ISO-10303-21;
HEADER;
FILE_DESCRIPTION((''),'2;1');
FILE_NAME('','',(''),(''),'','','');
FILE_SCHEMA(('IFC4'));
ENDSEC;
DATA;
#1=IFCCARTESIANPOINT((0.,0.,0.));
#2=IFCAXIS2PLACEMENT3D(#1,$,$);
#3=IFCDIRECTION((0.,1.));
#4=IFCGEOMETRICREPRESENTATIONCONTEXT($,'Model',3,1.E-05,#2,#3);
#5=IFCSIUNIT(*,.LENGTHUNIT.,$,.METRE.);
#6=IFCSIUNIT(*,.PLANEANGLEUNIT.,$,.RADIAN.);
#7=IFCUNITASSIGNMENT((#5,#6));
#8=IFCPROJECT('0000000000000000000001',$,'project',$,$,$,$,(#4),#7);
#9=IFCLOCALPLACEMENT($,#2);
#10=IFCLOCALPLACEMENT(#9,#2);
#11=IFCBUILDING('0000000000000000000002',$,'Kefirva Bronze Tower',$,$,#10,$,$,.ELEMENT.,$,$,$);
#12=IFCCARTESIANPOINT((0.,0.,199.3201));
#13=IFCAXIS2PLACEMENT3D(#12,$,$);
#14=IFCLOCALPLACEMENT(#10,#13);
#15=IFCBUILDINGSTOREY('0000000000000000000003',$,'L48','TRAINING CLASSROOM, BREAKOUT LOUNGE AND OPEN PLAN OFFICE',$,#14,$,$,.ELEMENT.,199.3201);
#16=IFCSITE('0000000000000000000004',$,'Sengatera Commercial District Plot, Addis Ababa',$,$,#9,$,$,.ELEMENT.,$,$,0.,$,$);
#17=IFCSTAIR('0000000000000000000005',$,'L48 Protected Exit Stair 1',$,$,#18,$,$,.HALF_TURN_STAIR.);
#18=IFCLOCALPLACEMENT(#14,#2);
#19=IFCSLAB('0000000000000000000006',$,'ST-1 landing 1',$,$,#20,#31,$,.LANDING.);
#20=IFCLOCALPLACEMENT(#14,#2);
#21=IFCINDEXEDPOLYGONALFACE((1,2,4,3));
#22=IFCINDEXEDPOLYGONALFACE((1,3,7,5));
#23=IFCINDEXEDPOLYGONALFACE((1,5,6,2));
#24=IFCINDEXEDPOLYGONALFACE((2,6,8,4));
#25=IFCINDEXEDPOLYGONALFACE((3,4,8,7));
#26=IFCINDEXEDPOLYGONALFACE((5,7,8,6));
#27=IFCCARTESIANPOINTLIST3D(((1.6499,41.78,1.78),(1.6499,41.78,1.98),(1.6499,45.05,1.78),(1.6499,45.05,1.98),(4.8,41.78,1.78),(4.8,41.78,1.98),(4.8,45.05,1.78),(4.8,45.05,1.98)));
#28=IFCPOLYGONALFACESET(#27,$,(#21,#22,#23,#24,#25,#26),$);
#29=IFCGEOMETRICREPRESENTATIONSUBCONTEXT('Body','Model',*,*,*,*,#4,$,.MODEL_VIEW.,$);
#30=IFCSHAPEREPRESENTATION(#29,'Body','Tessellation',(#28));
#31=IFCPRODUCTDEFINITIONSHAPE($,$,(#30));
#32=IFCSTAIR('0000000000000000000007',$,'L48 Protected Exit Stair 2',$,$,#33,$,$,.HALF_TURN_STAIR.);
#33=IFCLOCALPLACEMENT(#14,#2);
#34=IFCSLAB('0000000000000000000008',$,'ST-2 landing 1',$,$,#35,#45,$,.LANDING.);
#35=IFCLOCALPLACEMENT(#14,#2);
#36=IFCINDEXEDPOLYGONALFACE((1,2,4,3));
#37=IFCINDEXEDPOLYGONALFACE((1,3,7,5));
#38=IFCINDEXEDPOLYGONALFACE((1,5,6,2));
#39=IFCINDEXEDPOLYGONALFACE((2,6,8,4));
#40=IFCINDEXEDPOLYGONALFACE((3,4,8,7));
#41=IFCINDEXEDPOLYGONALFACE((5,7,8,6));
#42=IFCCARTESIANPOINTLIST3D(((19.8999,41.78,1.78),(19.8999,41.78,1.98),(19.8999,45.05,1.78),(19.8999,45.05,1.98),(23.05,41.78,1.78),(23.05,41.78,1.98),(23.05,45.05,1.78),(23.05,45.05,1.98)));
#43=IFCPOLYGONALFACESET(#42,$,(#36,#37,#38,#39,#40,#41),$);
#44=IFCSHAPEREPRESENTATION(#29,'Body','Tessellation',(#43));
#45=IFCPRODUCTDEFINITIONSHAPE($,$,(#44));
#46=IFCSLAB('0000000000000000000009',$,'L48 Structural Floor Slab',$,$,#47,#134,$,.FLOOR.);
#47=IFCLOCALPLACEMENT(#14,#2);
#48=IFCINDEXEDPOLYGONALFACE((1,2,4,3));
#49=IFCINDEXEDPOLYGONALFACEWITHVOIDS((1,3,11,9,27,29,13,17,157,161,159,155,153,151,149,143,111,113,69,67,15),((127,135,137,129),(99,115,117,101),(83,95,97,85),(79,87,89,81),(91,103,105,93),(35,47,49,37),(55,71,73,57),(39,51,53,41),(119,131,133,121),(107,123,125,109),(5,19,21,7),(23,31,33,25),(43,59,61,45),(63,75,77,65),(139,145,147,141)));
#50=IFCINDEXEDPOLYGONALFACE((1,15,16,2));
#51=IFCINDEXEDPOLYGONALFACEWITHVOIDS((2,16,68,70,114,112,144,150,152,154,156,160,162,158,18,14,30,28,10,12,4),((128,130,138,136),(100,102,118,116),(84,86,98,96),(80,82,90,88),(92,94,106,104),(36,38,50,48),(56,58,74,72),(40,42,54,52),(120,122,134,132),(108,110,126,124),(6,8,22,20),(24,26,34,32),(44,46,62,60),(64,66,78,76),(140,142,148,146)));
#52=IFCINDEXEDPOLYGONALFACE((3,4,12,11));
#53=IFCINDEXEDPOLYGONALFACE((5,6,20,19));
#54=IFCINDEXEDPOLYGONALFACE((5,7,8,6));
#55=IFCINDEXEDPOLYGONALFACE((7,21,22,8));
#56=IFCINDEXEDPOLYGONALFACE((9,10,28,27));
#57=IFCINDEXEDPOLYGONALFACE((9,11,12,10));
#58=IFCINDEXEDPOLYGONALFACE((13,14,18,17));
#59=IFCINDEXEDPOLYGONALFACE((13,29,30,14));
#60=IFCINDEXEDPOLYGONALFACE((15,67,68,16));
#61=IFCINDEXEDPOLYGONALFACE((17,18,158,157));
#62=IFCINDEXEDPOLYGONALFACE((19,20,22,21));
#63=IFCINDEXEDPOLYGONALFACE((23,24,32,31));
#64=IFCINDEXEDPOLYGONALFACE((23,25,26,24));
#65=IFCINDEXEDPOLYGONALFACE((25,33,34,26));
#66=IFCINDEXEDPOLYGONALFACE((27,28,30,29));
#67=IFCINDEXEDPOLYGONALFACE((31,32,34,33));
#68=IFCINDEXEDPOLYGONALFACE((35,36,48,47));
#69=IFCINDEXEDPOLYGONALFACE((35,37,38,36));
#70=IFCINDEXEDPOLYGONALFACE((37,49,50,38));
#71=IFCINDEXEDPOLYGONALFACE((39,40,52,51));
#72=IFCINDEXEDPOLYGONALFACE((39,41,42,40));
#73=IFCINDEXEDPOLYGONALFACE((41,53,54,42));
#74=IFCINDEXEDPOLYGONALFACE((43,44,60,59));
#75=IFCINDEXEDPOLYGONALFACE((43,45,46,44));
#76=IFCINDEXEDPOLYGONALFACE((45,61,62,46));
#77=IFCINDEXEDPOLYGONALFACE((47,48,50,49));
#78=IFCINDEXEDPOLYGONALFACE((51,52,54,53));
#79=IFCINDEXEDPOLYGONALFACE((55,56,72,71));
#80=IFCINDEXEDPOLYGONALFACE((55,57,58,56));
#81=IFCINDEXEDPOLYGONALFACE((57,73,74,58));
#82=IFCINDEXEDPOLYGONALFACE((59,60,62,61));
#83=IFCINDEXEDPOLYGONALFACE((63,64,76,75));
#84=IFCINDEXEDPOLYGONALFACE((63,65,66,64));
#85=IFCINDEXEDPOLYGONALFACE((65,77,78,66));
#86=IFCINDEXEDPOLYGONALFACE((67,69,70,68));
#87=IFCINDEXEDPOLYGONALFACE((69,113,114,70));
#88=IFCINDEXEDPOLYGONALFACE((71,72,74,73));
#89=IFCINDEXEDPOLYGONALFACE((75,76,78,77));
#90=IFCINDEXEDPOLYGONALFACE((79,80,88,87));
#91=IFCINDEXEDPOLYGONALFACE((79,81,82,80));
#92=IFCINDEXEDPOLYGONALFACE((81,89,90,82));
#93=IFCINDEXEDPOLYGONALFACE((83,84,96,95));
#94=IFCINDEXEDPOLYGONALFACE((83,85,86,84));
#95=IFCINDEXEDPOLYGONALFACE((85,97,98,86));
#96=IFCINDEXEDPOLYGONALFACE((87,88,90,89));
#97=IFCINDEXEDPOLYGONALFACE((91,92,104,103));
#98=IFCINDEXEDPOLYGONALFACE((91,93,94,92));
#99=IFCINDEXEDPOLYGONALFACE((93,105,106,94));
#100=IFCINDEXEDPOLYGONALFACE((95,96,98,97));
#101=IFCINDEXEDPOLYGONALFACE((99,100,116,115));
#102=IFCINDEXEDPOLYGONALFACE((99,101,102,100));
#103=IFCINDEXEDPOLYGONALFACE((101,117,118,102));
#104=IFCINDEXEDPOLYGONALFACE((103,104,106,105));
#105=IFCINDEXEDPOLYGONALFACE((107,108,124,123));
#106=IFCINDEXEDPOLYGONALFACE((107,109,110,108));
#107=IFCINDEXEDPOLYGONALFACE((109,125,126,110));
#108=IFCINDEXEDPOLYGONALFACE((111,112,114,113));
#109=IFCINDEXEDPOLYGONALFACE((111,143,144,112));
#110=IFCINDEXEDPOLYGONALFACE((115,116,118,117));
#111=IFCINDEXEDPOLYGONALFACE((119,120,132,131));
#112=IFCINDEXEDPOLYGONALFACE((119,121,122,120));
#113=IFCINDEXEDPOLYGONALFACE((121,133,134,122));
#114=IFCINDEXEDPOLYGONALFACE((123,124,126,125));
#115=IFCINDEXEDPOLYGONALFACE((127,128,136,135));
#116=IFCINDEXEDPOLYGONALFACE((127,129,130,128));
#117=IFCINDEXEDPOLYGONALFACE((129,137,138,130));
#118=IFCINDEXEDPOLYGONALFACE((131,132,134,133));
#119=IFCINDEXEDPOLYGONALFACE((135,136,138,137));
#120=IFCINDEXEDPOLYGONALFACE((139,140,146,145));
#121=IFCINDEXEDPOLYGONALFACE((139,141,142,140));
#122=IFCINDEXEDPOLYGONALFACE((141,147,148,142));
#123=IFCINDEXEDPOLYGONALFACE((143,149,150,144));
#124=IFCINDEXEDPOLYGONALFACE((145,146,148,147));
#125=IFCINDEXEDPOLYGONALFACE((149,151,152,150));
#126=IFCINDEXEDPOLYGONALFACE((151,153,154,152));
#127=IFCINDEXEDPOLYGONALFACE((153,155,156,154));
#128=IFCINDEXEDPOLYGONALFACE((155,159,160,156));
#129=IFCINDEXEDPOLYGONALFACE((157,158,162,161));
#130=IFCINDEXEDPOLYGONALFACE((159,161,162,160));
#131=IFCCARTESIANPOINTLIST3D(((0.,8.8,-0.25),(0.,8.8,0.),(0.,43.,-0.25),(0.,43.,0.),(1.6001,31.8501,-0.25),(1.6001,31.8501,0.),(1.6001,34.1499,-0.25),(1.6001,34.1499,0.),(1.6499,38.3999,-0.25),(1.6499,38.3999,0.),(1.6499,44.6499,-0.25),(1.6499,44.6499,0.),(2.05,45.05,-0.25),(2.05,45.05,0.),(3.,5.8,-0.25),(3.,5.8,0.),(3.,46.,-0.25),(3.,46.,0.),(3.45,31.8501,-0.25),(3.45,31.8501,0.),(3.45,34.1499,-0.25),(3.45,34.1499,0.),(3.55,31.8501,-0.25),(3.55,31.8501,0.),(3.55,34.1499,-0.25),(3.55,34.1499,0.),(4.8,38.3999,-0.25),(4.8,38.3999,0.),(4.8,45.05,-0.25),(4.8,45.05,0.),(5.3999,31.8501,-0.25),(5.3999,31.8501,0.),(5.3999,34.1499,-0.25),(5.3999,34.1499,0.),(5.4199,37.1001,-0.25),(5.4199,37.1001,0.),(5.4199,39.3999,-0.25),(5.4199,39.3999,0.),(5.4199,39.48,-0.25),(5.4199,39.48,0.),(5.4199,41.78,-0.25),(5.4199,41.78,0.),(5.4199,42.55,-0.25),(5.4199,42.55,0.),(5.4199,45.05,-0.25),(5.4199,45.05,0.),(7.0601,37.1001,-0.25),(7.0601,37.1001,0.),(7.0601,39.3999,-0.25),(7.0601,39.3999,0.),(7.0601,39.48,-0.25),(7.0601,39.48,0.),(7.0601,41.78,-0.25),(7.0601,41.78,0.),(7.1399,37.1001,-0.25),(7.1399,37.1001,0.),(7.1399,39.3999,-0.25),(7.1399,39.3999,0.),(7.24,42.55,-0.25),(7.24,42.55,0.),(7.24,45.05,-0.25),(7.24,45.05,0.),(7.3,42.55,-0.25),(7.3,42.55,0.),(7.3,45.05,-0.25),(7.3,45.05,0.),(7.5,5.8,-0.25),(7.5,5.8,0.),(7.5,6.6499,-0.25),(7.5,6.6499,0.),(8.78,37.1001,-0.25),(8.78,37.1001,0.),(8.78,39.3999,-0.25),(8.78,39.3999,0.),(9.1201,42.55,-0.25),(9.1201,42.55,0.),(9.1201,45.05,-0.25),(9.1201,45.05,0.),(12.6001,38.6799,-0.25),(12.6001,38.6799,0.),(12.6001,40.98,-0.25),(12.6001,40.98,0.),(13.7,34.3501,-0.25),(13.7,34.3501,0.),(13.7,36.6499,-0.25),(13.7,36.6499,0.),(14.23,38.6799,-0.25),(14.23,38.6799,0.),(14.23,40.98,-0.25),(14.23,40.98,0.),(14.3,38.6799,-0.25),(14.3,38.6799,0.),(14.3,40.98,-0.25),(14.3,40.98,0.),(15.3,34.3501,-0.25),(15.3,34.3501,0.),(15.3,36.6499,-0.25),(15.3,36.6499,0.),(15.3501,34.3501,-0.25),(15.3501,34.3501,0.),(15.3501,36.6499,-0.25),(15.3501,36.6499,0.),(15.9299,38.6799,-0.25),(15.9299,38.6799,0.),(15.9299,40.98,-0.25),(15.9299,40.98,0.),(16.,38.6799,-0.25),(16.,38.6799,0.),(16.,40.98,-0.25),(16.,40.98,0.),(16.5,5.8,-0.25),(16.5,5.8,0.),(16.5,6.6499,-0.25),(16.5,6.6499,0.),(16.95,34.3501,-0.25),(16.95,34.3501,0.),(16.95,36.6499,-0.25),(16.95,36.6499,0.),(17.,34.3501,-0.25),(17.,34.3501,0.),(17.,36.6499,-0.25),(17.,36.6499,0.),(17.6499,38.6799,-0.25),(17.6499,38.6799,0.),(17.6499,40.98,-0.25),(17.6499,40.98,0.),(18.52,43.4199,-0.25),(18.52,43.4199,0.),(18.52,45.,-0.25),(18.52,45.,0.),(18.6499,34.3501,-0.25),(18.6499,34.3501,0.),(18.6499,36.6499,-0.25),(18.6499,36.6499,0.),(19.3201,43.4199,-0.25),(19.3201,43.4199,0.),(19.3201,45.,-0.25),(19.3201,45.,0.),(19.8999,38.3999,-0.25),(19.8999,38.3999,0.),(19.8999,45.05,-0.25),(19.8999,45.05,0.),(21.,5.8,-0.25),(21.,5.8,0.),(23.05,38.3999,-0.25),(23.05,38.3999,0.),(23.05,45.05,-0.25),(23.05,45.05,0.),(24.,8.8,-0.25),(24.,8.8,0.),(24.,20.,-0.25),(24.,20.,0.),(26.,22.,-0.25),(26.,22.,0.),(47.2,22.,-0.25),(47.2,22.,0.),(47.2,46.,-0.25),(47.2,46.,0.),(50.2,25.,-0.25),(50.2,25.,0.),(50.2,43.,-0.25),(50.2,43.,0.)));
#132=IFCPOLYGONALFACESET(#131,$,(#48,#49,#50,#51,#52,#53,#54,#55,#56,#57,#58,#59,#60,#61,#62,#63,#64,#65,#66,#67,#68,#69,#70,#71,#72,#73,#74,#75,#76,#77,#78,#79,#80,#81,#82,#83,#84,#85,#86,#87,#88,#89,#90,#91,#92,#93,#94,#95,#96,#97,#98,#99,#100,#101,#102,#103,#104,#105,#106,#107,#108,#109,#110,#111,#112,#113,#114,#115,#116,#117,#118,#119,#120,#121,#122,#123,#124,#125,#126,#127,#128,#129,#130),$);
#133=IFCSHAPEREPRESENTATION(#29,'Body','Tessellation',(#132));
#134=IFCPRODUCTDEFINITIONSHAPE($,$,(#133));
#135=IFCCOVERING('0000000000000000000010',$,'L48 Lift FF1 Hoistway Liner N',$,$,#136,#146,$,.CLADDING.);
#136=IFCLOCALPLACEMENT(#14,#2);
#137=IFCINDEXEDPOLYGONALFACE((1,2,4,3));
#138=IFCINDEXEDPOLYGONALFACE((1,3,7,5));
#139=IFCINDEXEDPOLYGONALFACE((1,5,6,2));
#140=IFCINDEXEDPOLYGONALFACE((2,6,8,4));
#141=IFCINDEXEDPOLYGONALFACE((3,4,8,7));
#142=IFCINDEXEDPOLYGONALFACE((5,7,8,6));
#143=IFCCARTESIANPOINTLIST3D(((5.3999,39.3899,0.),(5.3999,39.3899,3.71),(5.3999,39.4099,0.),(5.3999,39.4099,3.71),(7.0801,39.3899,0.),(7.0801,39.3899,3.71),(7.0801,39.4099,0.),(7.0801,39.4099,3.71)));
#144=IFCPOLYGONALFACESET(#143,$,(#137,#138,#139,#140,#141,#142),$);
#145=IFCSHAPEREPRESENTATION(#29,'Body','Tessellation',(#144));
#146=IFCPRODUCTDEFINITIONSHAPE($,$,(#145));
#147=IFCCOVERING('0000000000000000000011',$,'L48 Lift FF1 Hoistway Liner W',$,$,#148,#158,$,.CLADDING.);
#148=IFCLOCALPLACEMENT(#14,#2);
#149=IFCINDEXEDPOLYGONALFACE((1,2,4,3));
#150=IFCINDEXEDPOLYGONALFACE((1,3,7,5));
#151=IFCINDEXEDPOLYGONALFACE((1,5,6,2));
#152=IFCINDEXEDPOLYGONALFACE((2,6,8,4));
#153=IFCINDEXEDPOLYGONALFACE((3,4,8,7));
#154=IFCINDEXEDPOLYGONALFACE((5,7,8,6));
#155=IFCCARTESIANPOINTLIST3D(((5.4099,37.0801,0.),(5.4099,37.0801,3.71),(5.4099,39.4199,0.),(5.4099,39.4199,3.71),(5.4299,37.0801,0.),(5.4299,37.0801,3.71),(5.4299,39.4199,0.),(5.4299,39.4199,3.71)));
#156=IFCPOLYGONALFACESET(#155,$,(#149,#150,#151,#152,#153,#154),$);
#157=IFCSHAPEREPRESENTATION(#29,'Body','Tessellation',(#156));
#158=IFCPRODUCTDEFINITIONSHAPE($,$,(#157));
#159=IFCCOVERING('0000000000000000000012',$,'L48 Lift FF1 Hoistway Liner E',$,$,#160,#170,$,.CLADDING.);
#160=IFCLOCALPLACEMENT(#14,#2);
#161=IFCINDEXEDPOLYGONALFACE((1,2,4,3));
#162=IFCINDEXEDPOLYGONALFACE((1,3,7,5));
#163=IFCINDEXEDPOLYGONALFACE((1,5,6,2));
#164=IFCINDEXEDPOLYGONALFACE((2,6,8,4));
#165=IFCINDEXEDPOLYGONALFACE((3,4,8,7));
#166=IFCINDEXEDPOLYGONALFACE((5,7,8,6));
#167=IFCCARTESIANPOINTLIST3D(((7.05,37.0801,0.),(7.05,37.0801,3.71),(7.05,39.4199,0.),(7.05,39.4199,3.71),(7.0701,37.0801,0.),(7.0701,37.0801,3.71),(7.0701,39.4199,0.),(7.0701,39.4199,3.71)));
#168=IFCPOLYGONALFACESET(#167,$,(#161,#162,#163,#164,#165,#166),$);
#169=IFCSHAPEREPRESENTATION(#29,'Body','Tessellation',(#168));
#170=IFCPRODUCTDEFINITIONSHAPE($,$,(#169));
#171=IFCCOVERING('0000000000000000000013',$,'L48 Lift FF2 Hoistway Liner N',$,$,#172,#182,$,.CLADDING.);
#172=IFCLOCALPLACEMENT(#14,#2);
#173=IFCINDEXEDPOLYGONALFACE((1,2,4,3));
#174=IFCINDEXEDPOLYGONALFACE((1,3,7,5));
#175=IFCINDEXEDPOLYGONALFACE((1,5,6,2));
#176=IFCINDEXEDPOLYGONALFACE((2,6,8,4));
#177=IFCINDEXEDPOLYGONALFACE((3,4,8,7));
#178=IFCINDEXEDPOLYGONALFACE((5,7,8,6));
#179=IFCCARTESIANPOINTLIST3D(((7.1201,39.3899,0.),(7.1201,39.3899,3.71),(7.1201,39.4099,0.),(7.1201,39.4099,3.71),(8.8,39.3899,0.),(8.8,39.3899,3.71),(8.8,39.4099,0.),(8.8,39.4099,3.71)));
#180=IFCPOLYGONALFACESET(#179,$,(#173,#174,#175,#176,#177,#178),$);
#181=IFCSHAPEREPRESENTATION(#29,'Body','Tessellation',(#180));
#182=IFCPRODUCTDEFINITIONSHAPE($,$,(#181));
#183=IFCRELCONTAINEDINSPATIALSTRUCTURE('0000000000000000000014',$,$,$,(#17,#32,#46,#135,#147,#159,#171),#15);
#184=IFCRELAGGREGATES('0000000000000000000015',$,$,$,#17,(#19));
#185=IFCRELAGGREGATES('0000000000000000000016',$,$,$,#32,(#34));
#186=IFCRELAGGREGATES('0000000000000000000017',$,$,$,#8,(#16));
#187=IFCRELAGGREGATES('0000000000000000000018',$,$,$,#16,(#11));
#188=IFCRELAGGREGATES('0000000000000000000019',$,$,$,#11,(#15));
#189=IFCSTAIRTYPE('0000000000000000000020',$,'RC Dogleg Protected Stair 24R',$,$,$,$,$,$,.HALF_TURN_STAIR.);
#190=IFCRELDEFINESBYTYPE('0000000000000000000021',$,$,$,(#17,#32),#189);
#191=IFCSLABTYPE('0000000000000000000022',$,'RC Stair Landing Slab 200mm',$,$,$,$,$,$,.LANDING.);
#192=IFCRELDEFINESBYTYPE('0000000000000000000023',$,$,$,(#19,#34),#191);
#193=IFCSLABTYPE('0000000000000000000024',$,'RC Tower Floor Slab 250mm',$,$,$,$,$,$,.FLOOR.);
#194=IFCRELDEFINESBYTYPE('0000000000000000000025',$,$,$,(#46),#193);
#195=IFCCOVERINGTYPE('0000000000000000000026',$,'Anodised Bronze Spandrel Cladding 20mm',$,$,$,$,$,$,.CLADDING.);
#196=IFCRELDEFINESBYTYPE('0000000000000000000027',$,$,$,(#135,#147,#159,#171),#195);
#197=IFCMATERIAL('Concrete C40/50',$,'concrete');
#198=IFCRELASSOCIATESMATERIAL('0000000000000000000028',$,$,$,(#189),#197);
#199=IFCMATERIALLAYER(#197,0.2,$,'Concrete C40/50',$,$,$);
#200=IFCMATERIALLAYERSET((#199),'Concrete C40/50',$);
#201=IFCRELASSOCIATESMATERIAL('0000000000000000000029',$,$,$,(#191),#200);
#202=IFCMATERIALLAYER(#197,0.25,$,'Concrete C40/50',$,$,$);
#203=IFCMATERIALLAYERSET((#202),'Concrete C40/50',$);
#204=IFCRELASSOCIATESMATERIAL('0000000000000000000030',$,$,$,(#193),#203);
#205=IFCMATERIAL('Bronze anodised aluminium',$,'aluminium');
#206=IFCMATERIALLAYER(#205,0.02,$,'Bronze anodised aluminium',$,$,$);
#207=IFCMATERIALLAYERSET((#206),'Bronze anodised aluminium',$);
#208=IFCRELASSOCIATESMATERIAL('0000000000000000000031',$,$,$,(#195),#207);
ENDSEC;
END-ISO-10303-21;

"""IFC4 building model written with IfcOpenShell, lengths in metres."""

from ifc_helpers import new_model, si_unit, direction, frame, origin, place, context, subcontext, project, spatial, polyline, outline, extrude, material, layer, layer_set, type_object, element, aggregate, save


model = new_model("IFC4")

# Units and contexts
model_context = context("Model", 3, precision=1e-05, world=origin(), true_north=direction((0.0, 1.0)))
body_context = subcontext(model_context, "Body", "Model", "MODEL_VIEW")
ifc_project = project(units=[si_unit("LENGTHUNIT", "METRE"), si_unit("PLANEANGLEUNIT", "RADIAN")], contexts=[model_context])

# Site, building, storey
site_placement = place(None, origin())
site = spatial("IfcSite", under=ifc_project, at=site_placement, Name="Sengatera Commercial District Plot, Addis Ababa", CompositionType="ELEMENT", RefElevation=0.0)
building_placement = place(site_placement, origin())
building = spatial("IfcBuilding", under=site, at=building_placement, Name="Kefirva Bronze Tower", CompositionType="ELEMENT")
storey_placement = place(building_placement, frame((0.0, 0.0, 199.3201)))
storey = spatial("IfcBuildingStorey", under=building, at=storey_placement, Name="L48", Description="TRAINING CLASSROOM, BREAKOUT LOUNGE AND OPEN PLAN OFFICE", CompositionType="ELEMENT", Elevation=199.3201)

# Stairs, slabs
ifc_material_1 = material(Name="Concrete C40/50", Category="concrete")
stair_type = type_object("IfcStairType", Name="RC Dogleg Protected Stair 24R", PredefinedType="HALF_TURN_STAIR", material=ifc_material_1)
stair_1_placement = place(storey_placement, origin())
stair_1 = element("IfcStair", 1, at=stair_1_placement, inside=storey, type_object=stair_type, Name="L48 Protected Exit Stair 1", PredefinedType="HALF_TURN_STAIR")
ifc_layer_1 = layer(ifc_material_1, 0.2, Name="Concrete C40/50")
ifc_layer_set_1 = layer_set([ifc_layer_1], Name="Concrete C40/50")
slab_type_1 = type_object("IfcSlabType", Name="RC Stair Landing Slab 200mm", PredefinedType="LANDING", material=ifc_layer_set_1)
slab_1_placement = place(storey_placement, frame((0.0, 0.0, 1.78)))
slab_1 = element("IfcSlab", 2, at=slab_1_placement, type_object=slab_type_1, Name="ST-1 landing 1", PredefinedType="LANDING", context=body_context, shape_type="SweptSolid", body=[
    extrude(outline(polyline([(4.8, 41.78), (4.8, 45.05), (1.6499, 45.05), (1.6499, 41.78), (4.8, 41.78)])), origin(), (0.0, 0.0, 1.0), 0.2),
])
aggregate(stair_1, [slab_1])
stair_2_placement = place(storey_placement, origin())
stair_2 = element("IfcStair", 3, at=stair_2_placement, inside=storey, type_object=stair_type, Name="L48 Protected Exit Stair 2", PredefinedType="HALF_TURN_STAIR")
slab_2_placement = place(storey_placement, frame((0.0, 0.0, 1.78)))
slab_2 = element("IfcSlab", 4, at=slab_2_placement, type_object=slab_type_1, Name="ST-2 landing 1", PredefinedType="LANDING", context=body_context, shape_type="SweptSolid", body=[
    extrude(outline(polyline([(23.05, 41.78), (23.05, 45.05), (19.8999, 45.05), (19.8999, 41.78), (23.05, 41.78)])), origin(), (0.0, 0.0, 1.0), 0.2),
])
aggregate(stair_2, [slab_2])

# Slab
ifc_layer_2 = layer(ifc_material_1, 0.25, Name="Concrete C40/50")
ifc_layer_set_2 = layer_set([ifc_layer_2], Name="Concrete C40/50")
slab_type_2 = type_object("IfcSlabType", Name="RC Tower Floor Slab 250mm", PredefinedType="FLOOR", material=ifc_layer_set_2)
slab_3_placement = place(storey_placement, frame((0.0, 0.0, -0.25)))
element("IfcSlab", 5, at=slab_3_placement, inside=storey, type_object=slab_type_2, Name="L48 Structural Floor Slab", PredefinedType="FLOOR", context=body_context, shape_type="SweptSolid", body=[
    extrude(outline(polyline([(0.0, 8.8), (0.0, 43.0), (1.6499, 44.6499), (1.6499, 38.3999), (4.8, 38.3999), (4.8, 45.05), (2.05, 45.05), (3.0, 46.0), (47.2, 46.0), (50.2, 43.0), (50.2, 25.0), (47.2, 22.0), (26.0, 22.0), (24.0, 20.0), (24.0, 8.8), (21.0, 5.8), (16.5, 5.8), (16.5, 6.6499), (7.5, 6.6499), (7.5, 5.8), (3.0, 5.8), (0.0, 8.8)]), holes=[polyline([(23.05, 38.3999), (23.05, 45.05), (19.8999, 45.05), (19.8999, 38.3999), (23.05, 38.3999)]), polyline([(19.3201, 43.4199), (19.3201, 45.0), (18.52, 45.0), (18.52, 43.4199), (19.3201, 43.4199)]), polyline([(18.6499, 34.3501), (18.6499, 36.6499), (17.0, 36.6499), (17.0, 34.3501), (18.6499, 34.3501)]), polyline([(17.6499, 38.6799), (17.6499, 40.98), (16.0, 40.98), (16.0, 38.6799), (17.6499, 38.6799)]), polyline([(16.95, 34.3501), (16.95, 36.6499), (15.3501, 36.6499), (15.3501, 34.3501), (16.95, 34.3501)]), polyline([(15.9299, 38.6799), (15.9299, 40.98), (14.3, 40.98), (14.3, 38.6799), (15.9299, 38.6799)]), polyline([(15.3, 34.3501), (15.3, 36.6499), (13.7, 36.6499), (13.7, 34.3501), (15.3, 34.3501)]), polyline([(14.23, 38.6799), (14.23, 40.98), (12.6001, 40.98), (12.6001, 38.6799), (14.23, 38.6799)]), polyline([(9.1201, 42.55), (9.1201, 45.05), (7.3, 45.05), (7.3, 42.55), (9.1201, 42.55)]), polyline([(8.78, 37.1001), (8.78, 39.3999), (7.1399, 39.3999), (7.1399, 37.1001), (8.78, 37.1001)]), polyline([(7.24, 42.55), (7.24, 45.05), (5.4199, 45.05), (5.4199, 42.55), (7.24, 42.55)]), polyline([(7.0601, 37.1001), (7.0601, 39.3999), (5.4199, 39.3999), (5.4199, 37.1001), (7.0601, 37.1001)]), polyline([(7.0601, 39.48), (7.0601, 41.78), (5.4199, 41.78), (5.4199, 39.48), (7.0601, 39.48)]), polyline([(5.3999, 31.8501), (5.3999, 34.1499), (3.55, 34.1499), (3.55, 31.8501), (5.3999, 31.8501)]), polyline([(3.45, 31.8501), (3.45, 34.1499), (1.6001, 34.1499), (1.6001, 31.8501), (3.45, 31.8501)])]), origin(), (0.0, 0.0, 1.0), 0.25),
])

# Coverings
ifc_material_2 = material(Name="Bronze anodised aluminium", Category="aluminium")
ifc_layer_3 = layer(ifc_material_2, 0.02, Name="Bronze anodised aluminium")
ifc_layer_set_3 = layer_set([ifc_layer_3], Name="Bronze anodised aluminium")
covering_type = type_object("IfcCoveringType", Name="Anodised Bronze Spandrel Cladding 20mm", PredefinedType="CLADDING", material=ifc_layer_set_3)
covering_1_placement = place(storey_placement, origin())
element("IfcCovering", 6, at=covering_1_placement, inside=storey, type_object=covering_type, Name="L48 Lift FF1 Hoistway Liner N", PredefinedType="CLADDING", context=body_context, shape_type="SweptSolid", body=[
    extrude(outline(polyline([(5.3999, 39.3899), (7.0801, 39.3899), (7.0801, 39.4099), (5.3999, 39.4099), (5.3999, 39.3899)])), origin(), (0.0, 0.0, 1.0), 3.71),
])
covering_2_placement = place(storey_placement, origin())
element("IfcCovering", 7, at=covering_2_placement, inside=storey, type_object=covering_type, Name="L48 Lift FF1 Hoistway Liner W", PredefinedType="CLADDING", context=body_context, shape_type="SweptSolid", body=[
    extrude(outline(polyline([(5.4099, 37.0801), (5.4299, 37.0801), (5.4299, 39.4199), (5.4099, 39.4199), (5.4099, 37.0801)])), origin(), (0.0, 0.0, 1.0), 3.71),
])
covering_3_placement = place(storey_placement, origin())
element("IfcCovering", 8, at=covering_3_placement, inside=storey, type_object=covering_type, Name="L48 Lift FF1 Hoistway Liner E", PredefinedType="CLADDING", context=body_context, shape_type="SweptSolid", body=[
    extrude(outline(polyline([(7.05, 37.0801), (7.0701, 37.0801), (7.0701, 39.4199), (7.05, 39.4199), (7.05, 37.0801)])), origin(), (0.0, 0.0, 1.0), 3.71),
])
covering_4_placement = place(storey_placement, origin())
element("IfcCovering", 9, at=covering_4_placement, inside=storey, type_object=covering_type, Name="L48 Lift FF2 Hoistway Liner N", PredefinedType="CLADDING", context=body_context, shape_type="SweptSolid", body=[
    extrude(outline(polyline([(7.1201, 39.3899), (8.8, 39.3899), (8.8, 39.4099), (7.1201, 39.4099), (7.1201, 39.3899)])), origin(), (0.0, 0.0, 1.0), 3.71),
])

save(model, "model.ifc")
